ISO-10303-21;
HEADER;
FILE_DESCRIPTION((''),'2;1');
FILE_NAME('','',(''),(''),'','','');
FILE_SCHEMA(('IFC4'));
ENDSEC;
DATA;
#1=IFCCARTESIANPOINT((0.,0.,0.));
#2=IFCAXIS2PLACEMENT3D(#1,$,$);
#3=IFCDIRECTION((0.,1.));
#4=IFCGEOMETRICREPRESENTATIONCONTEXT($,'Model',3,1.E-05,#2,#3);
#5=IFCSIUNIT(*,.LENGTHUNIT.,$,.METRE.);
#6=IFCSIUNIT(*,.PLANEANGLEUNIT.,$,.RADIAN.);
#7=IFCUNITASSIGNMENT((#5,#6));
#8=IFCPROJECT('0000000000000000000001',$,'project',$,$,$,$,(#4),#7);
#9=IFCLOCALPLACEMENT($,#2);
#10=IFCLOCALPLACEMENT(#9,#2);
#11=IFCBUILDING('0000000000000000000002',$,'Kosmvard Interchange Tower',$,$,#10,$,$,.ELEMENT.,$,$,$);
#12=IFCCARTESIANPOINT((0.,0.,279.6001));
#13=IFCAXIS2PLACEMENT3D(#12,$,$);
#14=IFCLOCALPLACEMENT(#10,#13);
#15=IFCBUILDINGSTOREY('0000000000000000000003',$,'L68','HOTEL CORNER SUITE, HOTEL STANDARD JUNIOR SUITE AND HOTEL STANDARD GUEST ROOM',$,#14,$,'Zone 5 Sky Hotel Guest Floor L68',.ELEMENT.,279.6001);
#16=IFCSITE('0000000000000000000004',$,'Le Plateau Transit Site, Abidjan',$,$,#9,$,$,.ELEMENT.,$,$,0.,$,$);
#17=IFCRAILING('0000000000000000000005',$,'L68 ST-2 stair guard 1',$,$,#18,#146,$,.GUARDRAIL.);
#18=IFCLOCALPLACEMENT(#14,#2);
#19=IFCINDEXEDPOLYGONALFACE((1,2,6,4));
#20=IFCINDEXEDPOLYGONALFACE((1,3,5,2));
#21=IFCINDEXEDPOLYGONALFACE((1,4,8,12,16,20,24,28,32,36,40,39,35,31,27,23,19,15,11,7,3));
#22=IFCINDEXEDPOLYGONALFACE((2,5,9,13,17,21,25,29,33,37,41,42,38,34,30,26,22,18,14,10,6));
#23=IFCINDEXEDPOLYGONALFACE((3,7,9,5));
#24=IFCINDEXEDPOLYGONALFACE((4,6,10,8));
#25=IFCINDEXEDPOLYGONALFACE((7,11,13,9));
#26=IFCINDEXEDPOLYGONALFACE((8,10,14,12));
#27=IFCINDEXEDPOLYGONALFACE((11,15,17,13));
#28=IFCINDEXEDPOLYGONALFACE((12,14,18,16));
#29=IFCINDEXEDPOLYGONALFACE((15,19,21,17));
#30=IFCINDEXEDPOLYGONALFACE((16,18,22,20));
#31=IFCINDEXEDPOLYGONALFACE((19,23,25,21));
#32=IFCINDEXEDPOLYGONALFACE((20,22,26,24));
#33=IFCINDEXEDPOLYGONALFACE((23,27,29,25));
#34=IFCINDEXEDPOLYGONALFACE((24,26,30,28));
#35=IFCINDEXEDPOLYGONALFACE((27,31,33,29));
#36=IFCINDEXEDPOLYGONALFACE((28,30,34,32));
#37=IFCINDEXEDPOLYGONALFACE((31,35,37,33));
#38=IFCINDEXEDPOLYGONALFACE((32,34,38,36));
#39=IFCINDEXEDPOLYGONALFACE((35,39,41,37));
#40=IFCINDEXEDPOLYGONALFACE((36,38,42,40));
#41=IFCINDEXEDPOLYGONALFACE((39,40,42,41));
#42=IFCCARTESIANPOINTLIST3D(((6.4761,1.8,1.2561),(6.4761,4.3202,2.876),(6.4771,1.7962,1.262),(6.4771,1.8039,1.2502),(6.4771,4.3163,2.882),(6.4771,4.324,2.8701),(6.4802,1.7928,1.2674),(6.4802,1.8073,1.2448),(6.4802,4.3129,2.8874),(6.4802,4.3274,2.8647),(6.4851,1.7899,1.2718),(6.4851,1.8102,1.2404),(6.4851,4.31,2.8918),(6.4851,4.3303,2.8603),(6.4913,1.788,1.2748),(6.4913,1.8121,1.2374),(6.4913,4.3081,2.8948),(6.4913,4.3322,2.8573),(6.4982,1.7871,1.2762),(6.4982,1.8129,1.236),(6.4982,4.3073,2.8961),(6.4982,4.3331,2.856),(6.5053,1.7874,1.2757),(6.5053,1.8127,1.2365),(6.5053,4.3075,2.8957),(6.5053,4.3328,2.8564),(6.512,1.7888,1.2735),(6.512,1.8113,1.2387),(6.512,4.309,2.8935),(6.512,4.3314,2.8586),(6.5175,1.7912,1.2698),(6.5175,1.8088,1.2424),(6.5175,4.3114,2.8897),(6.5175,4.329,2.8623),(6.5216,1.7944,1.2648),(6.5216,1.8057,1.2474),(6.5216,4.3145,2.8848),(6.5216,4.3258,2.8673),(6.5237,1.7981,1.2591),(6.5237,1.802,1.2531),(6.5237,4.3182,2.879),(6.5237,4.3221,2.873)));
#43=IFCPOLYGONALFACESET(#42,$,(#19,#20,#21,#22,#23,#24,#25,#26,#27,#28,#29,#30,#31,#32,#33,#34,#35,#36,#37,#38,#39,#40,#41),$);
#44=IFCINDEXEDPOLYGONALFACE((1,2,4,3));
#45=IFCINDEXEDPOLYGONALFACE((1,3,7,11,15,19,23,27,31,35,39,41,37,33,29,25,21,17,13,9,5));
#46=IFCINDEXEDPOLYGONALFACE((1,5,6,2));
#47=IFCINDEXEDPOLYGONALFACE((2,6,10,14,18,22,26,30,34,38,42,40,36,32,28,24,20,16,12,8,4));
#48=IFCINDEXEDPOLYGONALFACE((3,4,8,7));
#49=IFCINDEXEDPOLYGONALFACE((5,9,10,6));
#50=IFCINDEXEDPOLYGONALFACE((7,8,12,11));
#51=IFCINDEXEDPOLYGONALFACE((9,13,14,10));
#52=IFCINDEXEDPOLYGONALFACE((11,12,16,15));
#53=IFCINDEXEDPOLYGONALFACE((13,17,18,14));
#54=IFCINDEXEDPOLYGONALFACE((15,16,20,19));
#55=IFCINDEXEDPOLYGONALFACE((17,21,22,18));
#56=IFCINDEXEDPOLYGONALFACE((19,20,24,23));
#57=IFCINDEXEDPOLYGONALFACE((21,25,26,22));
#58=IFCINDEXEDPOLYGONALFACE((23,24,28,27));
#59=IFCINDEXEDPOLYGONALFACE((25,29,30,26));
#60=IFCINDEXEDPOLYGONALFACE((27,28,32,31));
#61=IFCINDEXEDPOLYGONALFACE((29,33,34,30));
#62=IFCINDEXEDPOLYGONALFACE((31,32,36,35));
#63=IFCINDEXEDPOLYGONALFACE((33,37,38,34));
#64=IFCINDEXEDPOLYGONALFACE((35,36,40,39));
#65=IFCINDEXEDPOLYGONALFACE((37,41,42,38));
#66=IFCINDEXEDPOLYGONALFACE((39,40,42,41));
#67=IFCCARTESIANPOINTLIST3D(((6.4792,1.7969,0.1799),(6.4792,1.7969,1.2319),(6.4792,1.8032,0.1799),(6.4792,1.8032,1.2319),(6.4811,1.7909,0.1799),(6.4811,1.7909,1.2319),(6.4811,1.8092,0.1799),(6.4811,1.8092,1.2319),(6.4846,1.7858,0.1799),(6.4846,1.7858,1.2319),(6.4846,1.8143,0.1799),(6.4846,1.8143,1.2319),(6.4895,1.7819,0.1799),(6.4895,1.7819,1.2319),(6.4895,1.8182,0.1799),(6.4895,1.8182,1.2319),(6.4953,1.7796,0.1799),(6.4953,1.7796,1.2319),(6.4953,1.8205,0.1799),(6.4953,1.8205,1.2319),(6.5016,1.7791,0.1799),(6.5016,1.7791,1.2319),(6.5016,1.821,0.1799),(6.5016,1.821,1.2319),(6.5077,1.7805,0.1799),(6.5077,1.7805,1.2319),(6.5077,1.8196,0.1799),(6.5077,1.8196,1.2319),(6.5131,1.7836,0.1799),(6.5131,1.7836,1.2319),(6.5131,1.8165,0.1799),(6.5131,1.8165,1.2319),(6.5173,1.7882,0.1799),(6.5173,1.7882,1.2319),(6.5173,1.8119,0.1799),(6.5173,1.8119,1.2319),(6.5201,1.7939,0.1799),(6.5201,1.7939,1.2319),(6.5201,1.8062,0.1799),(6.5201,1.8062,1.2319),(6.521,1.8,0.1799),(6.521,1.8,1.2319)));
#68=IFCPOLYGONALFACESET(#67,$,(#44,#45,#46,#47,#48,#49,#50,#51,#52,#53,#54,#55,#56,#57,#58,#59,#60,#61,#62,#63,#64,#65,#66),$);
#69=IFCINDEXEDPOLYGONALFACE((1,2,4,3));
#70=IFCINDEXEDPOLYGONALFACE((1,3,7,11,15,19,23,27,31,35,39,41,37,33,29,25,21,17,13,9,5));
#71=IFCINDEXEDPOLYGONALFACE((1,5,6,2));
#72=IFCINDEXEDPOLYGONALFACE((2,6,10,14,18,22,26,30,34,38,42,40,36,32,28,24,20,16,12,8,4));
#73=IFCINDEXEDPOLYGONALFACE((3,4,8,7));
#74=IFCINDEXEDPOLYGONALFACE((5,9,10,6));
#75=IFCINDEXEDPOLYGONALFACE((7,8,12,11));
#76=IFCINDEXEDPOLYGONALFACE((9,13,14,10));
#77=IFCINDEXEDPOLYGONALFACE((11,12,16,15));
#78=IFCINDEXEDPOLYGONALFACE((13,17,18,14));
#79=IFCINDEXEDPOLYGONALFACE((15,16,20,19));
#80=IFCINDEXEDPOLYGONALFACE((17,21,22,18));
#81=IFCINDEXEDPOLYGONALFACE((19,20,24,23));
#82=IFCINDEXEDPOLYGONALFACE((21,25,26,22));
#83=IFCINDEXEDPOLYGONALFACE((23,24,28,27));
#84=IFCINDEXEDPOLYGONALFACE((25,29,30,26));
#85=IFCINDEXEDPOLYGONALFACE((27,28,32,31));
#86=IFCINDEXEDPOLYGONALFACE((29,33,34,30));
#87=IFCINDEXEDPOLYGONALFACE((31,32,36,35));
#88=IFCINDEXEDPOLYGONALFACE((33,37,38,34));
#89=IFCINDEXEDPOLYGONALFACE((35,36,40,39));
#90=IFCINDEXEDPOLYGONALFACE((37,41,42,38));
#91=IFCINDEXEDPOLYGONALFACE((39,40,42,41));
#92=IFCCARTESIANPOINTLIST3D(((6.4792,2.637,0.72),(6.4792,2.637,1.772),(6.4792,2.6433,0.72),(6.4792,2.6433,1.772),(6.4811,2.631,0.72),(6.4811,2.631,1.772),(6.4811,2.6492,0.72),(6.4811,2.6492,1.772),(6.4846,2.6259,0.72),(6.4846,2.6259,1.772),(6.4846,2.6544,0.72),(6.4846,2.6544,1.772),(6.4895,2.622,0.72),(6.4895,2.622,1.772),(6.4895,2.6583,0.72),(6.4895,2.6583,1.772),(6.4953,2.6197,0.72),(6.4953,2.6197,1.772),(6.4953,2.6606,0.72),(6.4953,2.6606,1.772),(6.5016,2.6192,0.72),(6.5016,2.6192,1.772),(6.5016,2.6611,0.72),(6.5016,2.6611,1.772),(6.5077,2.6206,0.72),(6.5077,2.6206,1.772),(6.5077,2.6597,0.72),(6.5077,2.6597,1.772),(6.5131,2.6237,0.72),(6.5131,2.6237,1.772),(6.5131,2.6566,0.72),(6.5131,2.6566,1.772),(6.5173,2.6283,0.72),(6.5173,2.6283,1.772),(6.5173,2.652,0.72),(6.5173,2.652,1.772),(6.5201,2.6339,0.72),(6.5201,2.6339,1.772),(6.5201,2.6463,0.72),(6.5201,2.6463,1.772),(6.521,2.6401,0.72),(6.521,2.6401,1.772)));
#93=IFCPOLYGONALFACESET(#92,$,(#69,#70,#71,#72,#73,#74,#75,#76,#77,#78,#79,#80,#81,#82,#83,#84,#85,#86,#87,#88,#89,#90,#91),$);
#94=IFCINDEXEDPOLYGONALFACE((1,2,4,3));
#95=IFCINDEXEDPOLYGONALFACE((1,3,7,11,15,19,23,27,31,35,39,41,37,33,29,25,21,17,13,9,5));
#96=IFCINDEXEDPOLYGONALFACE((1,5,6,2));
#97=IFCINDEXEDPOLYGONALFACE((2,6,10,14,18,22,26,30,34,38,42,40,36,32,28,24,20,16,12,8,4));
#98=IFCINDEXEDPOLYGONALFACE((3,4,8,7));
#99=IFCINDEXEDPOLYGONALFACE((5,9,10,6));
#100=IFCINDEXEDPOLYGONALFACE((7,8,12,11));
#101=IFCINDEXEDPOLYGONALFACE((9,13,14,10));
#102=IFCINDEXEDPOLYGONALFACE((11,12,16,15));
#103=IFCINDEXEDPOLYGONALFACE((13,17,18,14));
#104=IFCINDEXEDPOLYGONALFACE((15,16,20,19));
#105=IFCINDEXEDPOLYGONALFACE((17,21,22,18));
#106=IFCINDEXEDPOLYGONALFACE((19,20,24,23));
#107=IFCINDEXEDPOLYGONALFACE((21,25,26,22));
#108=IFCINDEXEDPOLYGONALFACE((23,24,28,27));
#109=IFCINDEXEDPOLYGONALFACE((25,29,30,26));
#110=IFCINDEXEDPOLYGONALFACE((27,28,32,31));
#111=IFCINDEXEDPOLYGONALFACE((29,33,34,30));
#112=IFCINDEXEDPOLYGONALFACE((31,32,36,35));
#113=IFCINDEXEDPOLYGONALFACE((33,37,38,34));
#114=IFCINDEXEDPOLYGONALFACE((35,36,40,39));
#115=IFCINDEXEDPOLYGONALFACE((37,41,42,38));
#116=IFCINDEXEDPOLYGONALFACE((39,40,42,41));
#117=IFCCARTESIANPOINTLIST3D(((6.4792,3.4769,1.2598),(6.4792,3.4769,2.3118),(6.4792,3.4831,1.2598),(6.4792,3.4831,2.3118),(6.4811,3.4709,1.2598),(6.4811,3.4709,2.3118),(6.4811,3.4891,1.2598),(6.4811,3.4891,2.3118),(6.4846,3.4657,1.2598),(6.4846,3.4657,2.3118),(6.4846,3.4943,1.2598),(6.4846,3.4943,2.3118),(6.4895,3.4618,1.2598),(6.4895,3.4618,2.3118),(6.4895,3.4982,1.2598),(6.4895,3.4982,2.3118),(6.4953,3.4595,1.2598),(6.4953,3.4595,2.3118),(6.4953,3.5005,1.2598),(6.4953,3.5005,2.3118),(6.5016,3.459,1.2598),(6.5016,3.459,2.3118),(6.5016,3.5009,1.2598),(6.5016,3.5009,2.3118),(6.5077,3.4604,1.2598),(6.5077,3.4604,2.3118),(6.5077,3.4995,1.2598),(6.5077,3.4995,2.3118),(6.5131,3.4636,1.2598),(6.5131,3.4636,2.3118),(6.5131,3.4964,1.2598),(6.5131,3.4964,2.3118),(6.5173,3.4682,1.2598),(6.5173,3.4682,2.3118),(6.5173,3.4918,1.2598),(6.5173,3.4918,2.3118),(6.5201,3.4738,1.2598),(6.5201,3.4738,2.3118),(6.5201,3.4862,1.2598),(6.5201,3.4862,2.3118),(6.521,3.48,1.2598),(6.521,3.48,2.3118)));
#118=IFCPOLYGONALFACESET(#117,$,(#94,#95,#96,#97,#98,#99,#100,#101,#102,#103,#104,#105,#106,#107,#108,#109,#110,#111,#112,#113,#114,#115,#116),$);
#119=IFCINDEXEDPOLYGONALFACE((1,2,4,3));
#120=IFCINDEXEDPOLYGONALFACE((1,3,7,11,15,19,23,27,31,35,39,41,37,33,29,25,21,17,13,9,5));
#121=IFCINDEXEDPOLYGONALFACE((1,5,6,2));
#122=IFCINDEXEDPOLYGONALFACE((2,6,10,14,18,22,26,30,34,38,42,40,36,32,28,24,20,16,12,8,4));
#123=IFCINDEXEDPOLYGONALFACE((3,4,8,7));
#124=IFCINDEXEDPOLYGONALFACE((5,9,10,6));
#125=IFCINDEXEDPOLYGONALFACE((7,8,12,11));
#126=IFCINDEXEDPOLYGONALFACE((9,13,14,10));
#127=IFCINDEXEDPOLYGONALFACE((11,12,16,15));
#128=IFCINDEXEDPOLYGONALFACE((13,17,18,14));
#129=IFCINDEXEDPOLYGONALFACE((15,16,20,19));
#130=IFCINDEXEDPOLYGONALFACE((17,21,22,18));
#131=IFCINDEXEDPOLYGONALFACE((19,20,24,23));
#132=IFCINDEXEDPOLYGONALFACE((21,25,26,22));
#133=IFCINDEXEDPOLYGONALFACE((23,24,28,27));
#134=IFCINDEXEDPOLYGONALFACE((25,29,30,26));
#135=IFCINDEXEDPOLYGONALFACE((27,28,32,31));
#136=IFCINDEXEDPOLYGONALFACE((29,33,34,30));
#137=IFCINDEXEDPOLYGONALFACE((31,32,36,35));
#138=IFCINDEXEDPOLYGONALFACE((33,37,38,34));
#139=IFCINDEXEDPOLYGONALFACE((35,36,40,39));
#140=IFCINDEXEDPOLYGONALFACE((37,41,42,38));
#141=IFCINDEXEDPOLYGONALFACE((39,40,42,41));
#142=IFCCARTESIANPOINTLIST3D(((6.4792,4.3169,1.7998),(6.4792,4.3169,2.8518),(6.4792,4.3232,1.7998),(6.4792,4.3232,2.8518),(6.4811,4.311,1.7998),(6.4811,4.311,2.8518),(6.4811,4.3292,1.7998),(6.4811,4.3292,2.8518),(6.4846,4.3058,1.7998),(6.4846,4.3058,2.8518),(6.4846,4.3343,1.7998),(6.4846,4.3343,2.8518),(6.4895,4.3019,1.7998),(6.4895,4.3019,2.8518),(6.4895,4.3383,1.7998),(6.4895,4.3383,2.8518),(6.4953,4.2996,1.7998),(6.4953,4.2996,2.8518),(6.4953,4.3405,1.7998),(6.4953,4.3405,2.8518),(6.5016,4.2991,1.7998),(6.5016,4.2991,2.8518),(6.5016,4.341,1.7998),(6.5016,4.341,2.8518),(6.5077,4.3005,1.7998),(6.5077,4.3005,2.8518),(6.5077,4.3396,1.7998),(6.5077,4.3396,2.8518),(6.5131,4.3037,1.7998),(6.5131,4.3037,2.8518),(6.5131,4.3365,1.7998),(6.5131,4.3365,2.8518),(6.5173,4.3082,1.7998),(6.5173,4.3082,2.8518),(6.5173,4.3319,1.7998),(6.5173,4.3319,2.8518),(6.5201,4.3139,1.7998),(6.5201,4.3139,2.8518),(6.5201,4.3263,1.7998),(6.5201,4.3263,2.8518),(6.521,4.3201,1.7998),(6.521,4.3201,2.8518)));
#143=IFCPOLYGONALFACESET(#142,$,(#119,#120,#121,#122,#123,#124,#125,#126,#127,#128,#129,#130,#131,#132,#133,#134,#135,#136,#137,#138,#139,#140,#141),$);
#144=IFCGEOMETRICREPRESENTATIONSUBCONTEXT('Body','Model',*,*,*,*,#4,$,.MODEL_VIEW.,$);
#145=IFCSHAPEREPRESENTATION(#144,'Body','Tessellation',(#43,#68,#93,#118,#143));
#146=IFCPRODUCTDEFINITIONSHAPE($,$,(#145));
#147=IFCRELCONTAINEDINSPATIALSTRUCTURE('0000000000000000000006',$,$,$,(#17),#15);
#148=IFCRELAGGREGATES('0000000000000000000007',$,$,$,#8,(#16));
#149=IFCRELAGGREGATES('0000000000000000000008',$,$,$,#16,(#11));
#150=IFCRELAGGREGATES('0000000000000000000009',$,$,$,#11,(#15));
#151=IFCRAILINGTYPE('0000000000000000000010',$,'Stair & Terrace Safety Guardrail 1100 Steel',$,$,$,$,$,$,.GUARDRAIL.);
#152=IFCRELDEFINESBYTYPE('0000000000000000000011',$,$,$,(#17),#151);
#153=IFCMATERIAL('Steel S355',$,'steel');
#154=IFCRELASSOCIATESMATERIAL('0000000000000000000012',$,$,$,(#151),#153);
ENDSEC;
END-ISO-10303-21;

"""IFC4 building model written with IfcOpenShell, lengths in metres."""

from ifc_helpers import new_model, si_unit, direction, frame, origin, origin_2d, place, context, subcontext, project, spatial, circle, extrude, source, transform, mapped, material, type_object, element, save


model = new_model("IFC4")

# Units and contexts
model_context = context("Model", 3, precision=1e-05, world=origin(), true_north=direction((0.0, 1.0)))
body_context = subcontext(model_context, "Body", "Model", "MODEL_VIEW")
ifc_project = project(units=[si_unit("LENGTHUNIT", "METRE"), si_unit("PLANEANGLEUNIT", "RADIAN")], contexts=[model_context])

# Site, building, storey
site_placement = place(None, origin())
site = spatial("IfcSite", under=ifc_project, at=site_placement, Name="Le Plateau Transit Site, Abidjan", CompositionType="ELEMENT", RefElevation=0.0)
building_placement = place(site_placement, origin())
building = spatial("IfcBuilding", under=site, at=building_placement, Name="Kosmvard Interchange Tower", CompositionType="ELEMENT")
storey_placement = place(building_placement, frame((0.0, 0.0, 279.6001)))
storey = spatial("IfcBuildingStorey", under=building, at=storey_placement, Name="L68", Description="HOTEL CORNER SUITE, HOTEL STANDARD JUNIOR SUITE AND HOTEL STANDARD GUEST ROOM", LongName="Zone 5 Sky Hotel Guest Floor L68", CompositionType="ELEMENT", Elevation=279.6001)

# Shared definitions
ifc_material_1 = material(Name="Steel S355", Category="steel")

# Railing
railing_type_1 = type_object("IfcRailingType", Name="Stair & Terrace Safety Guardrail 1100 Steel", PredefinedType="GUARDRAIL", material=ifc_material_1)
shared_shape_1 = source(origin(), body_context, "Body", "SweptSolid", [
    extrude(circle(Radius=0.0239, at=origin_2d()), frame((0.0, 0.0, 1.0762), z_axis=(0.0, 0.8412, 0.540725), x_axis=(-1.0, 0.0, 0.0)), (0.0, 0.0, 1.0), 2.9958),
    extrude(circle(Radius=0.021, at=origin_2d()), origin(), (0.0, 0.0, 1.0), 1.052),
    extrude(circle(Radius=0.021, at=origin_2d()), frame((0.0, 0.8401, 0.54)), (0.0, 0.0, 1.0), 1.052),
    extrude(circle(Radius=0.021, at=origin_2d()), frame((0.0, 1.6799, 1.0798)), (0.0, 0.0, 1.0), 1.052),
    extrude(circle(Radius=0.021, at=origin_2d()), frame((0.0, 2.52, 1.6199)), (0.0, 0.0, 1.0), 1.052),
])
railing_1_placement = place(storey_placement, frame((6.5, 1.8, 0.1799)))
element("IfcRailing", 1, at=railing_1_placement, inside=storey, type_object=railing_type_1, Name="L68 ST-2 stair guard 1", PredefinedType="GUARDRAIL", context=body_context, shape_type="MappedRepresentation", body=[
    mapped(shared_shape_1, transform((0.0, 0.0, 0.0), scale=1.0)),
])

save(model, "model.ifc")
